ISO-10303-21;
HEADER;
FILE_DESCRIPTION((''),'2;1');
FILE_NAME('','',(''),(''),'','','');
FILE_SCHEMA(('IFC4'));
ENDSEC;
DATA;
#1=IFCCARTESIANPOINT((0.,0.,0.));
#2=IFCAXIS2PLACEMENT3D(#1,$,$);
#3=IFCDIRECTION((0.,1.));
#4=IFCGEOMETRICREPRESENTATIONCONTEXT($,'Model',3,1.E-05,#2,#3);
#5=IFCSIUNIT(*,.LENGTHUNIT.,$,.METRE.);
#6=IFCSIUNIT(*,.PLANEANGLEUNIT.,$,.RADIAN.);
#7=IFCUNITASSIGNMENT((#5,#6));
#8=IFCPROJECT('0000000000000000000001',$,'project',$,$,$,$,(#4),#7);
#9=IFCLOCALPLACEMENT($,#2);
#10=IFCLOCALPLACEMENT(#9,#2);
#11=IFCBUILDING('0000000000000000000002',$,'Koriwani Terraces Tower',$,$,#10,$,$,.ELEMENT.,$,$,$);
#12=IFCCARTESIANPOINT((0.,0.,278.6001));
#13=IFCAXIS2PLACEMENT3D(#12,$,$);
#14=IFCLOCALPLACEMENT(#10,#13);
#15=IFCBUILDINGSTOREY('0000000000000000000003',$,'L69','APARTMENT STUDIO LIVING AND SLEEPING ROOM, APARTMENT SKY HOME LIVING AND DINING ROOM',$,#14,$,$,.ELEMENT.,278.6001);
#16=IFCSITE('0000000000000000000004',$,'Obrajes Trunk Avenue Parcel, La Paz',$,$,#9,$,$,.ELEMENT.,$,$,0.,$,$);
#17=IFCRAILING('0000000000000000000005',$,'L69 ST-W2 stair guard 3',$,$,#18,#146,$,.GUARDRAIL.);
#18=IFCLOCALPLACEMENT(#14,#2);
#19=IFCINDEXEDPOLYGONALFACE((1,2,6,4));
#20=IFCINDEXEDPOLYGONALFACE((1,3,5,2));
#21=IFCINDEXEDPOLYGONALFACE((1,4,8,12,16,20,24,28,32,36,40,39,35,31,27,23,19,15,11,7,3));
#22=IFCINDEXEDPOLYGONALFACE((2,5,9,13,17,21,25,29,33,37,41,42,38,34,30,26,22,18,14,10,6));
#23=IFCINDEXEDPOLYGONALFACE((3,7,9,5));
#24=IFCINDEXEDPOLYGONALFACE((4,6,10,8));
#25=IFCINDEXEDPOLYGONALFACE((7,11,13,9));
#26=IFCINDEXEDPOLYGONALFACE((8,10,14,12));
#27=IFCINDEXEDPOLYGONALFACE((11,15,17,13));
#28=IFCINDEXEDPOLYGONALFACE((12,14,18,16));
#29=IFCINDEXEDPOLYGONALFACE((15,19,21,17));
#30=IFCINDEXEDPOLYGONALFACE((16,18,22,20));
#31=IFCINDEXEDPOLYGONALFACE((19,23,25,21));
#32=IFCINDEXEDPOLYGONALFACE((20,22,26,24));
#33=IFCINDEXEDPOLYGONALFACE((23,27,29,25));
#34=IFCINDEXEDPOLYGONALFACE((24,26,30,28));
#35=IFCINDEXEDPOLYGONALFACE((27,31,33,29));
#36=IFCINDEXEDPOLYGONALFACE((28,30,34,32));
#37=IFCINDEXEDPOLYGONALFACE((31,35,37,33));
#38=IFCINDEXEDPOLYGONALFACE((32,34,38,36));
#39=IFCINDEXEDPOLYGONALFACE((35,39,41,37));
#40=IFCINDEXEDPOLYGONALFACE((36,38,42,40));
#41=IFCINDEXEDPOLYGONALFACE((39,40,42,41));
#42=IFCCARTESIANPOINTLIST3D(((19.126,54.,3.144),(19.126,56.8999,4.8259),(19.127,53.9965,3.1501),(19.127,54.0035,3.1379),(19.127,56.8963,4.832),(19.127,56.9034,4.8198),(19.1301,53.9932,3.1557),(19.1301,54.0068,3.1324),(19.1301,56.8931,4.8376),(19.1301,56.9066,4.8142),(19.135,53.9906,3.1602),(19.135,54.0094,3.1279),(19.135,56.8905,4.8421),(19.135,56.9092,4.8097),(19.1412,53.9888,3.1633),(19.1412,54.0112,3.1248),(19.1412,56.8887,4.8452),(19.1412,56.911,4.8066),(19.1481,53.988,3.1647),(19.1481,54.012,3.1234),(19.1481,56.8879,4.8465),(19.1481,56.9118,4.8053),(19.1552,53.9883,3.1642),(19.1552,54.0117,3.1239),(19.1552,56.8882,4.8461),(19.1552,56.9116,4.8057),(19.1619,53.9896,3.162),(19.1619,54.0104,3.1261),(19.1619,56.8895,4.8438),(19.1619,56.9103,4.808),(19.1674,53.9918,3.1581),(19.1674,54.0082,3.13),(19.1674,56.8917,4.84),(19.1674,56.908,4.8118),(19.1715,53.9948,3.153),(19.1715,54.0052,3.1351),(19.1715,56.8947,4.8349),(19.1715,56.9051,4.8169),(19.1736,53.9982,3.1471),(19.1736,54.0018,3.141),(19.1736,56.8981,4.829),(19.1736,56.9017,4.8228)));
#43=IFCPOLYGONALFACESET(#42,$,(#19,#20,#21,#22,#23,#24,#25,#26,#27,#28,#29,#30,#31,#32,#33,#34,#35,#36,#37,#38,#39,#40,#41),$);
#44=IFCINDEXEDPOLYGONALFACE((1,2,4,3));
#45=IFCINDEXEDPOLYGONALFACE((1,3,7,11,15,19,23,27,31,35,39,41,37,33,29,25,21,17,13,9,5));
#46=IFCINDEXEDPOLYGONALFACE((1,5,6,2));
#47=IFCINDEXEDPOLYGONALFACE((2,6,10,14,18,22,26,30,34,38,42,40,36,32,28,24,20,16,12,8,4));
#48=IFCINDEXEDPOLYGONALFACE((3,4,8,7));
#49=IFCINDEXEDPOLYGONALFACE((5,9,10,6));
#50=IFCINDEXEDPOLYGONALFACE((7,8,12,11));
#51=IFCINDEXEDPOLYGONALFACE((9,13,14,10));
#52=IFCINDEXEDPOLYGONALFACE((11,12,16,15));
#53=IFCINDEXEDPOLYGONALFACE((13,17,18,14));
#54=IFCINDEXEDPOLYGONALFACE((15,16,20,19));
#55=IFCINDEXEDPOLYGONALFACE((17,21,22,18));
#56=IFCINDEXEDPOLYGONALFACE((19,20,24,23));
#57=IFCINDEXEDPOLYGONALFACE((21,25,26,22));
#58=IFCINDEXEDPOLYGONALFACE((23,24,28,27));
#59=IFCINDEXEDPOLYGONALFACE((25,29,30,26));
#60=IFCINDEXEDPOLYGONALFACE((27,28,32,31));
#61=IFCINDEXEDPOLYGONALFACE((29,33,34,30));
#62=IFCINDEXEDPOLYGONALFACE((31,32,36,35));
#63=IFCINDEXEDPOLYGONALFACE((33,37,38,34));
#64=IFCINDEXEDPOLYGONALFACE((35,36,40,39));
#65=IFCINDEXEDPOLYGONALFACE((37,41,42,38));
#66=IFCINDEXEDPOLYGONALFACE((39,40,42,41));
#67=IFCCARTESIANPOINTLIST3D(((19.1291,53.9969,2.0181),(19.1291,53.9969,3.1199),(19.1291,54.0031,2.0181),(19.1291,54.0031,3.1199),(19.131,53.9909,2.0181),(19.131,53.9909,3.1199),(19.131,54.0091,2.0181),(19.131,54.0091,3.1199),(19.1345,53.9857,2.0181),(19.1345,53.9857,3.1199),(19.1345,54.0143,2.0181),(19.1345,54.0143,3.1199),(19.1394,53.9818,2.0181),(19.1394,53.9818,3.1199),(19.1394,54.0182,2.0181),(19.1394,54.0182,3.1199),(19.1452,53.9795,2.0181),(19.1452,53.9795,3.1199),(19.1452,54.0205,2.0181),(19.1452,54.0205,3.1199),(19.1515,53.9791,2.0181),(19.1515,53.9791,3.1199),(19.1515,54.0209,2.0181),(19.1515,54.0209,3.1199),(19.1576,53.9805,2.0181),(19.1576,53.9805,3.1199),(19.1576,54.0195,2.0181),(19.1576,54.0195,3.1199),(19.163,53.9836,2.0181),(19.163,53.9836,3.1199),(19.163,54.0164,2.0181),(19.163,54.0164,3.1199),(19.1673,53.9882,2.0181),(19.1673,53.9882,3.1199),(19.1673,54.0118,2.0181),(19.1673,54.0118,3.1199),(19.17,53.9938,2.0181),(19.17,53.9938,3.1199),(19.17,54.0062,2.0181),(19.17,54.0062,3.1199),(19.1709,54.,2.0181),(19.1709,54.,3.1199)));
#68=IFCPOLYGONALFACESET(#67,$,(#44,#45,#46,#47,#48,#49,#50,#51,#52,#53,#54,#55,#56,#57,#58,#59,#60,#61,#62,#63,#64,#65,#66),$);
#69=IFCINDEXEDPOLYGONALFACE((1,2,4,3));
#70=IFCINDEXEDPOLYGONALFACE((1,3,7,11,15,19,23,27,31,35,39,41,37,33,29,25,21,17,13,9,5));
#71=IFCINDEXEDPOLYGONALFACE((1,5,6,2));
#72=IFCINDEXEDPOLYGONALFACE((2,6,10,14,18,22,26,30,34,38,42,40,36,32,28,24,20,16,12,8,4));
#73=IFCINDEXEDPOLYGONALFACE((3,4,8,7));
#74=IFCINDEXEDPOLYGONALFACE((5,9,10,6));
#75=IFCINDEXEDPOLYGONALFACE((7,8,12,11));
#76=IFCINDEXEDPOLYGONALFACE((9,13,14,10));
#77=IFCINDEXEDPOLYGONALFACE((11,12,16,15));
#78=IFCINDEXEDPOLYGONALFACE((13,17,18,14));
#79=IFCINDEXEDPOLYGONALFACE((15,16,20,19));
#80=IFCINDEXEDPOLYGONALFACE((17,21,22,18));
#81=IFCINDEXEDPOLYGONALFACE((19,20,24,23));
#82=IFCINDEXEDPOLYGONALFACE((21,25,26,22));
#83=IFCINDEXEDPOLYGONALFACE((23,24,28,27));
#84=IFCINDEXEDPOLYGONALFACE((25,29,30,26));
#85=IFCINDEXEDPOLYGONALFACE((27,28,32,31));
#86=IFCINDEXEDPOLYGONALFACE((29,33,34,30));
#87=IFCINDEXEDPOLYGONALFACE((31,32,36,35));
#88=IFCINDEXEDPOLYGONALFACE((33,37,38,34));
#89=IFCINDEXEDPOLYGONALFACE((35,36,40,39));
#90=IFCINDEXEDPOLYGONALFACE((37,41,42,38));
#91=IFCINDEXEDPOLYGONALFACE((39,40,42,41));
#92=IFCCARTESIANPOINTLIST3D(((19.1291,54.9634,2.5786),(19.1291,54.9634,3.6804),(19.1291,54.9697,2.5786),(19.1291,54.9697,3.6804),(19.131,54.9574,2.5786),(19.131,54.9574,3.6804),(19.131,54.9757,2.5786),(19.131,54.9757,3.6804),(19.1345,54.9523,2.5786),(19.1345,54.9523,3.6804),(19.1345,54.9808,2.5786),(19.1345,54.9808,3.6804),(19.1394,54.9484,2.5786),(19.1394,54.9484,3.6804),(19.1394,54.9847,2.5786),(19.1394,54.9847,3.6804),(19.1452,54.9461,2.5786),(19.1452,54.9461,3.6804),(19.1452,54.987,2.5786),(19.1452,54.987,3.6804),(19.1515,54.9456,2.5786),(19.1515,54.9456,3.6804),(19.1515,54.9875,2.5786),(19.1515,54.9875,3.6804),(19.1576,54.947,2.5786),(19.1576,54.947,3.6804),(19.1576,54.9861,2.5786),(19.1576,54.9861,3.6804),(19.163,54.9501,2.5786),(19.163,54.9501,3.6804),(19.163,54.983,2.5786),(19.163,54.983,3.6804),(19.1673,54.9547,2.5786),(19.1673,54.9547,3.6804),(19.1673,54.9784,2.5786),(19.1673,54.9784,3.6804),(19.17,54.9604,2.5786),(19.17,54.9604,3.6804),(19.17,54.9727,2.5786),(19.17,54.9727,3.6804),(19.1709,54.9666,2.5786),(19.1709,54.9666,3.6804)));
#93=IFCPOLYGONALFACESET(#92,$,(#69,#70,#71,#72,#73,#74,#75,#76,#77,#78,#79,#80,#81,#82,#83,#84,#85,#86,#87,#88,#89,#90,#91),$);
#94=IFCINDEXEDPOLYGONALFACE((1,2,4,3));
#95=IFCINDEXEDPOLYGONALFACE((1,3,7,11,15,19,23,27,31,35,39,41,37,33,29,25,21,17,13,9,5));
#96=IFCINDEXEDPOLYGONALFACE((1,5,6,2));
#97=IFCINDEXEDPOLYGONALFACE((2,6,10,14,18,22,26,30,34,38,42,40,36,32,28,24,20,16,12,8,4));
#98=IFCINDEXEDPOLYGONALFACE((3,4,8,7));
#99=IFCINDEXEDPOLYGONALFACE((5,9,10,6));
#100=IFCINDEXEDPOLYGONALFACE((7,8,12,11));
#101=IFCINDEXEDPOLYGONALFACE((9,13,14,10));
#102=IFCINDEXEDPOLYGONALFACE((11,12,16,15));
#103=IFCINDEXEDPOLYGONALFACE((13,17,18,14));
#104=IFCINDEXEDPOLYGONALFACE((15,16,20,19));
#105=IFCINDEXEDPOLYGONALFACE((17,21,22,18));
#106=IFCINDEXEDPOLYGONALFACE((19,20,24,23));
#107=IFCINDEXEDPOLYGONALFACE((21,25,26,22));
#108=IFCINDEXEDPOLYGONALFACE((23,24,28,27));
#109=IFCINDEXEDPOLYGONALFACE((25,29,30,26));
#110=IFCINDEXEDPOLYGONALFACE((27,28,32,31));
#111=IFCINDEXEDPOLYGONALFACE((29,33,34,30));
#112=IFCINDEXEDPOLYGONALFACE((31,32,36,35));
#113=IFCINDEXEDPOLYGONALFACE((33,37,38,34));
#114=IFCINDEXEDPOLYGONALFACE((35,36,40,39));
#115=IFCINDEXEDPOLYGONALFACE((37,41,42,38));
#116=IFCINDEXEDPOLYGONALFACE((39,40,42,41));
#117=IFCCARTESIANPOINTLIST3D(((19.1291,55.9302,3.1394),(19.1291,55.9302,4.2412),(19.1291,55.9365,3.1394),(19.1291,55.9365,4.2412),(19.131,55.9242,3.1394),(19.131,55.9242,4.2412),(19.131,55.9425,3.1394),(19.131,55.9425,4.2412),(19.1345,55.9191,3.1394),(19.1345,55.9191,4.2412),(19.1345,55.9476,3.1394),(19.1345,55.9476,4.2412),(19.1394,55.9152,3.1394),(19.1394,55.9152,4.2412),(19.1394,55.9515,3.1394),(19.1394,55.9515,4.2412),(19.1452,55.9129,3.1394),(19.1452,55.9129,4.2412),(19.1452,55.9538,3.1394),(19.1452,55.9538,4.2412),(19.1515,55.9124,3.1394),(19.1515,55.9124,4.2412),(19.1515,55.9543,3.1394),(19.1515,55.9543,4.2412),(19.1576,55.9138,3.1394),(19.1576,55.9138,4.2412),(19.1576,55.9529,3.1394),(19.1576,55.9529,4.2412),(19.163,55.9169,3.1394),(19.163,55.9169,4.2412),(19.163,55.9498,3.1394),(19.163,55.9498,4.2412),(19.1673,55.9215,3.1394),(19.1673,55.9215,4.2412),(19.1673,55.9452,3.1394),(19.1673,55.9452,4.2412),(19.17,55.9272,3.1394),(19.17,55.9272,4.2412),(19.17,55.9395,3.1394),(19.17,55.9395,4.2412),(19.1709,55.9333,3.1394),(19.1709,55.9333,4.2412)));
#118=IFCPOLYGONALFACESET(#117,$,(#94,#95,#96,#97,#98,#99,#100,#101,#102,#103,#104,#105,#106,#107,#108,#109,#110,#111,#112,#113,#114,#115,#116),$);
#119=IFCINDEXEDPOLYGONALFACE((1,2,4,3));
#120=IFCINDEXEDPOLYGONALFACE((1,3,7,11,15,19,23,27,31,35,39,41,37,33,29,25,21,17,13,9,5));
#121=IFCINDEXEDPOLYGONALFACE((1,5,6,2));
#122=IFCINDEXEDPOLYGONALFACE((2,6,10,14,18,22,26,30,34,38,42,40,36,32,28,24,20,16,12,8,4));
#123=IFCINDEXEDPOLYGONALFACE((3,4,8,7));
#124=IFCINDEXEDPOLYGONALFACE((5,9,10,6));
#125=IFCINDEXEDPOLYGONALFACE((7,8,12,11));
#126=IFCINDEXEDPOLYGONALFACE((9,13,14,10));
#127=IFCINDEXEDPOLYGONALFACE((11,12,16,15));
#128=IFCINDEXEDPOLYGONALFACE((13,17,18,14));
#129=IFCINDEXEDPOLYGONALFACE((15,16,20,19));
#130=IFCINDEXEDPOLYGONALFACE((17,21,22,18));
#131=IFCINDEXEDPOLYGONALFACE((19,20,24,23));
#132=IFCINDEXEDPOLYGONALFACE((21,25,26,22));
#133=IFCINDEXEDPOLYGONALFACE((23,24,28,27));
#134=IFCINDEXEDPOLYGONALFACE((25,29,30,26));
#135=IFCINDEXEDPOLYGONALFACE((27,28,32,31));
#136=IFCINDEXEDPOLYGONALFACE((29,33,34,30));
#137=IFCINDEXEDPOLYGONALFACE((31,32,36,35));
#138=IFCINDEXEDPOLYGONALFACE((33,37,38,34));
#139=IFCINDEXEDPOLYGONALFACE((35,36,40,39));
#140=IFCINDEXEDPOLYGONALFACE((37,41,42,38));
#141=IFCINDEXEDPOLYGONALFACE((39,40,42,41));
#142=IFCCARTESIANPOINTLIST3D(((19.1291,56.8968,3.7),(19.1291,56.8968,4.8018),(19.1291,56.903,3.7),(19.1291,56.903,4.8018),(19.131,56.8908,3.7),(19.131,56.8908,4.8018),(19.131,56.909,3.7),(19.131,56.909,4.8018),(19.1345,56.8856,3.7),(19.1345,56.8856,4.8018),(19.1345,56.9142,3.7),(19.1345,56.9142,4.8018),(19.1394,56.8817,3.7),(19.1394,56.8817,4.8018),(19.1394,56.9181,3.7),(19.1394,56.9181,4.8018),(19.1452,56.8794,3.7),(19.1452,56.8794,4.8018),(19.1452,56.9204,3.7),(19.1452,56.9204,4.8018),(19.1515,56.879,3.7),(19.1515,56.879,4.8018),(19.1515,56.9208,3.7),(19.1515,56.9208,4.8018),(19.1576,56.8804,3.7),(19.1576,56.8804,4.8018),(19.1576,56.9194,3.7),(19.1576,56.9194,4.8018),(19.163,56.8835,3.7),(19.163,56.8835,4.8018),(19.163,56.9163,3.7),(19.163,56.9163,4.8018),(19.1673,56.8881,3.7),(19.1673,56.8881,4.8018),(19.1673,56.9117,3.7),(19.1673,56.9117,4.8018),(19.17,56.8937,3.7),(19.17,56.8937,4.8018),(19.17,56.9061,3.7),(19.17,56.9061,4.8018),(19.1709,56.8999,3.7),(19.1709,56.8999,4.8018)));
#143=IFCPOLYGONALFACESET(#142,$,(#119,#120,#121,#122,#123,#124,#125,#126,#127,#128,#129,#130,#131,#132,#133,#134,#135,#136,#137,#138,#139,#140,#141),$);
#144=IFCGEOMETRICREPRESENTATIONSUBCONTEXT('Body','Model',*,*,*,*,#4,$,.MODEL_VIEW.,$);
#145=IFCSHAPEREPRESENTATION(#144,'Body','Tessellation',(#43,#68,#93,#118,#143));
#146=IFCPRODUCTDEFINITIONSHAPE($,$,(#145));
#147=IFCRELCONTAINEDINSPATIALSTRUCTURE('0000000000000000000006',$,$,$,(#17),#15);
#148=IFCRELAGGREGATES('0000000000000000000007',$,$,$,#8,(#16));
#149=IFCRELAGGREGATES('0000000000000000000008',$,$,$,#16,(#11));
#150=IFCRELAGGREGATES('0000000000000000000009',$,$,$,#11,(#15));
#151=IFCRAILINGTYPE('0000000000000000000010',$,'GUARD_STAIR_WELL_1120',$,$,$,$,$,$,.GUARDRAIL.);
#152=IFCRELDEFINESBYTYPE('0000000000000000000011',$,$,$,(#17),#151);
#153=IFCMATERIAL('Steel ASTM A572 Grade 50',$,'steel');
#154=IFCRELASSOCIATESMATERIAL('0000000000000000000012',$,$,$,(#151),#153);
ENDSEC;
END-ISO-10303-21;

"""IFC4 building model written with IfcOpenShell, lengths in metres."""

from ifc_helpers import new_model, si_unit, direction, frame, origin, origin_2d, place, context, subcontext, project, spatial, circle, extrude, material, type_object, element, save


model = new_model("IFC4")

# Units and contexts
model_context = context("Model", 3, precision=1e-05, world=origin(), true_north=direction((0.0, 1.0)))
body_context = subcontext(model_context, "Body", "Model", "MODEL_VIEW")
ifc_project = project(units=[si_unit("LENGTHUNIT", "METRE"), si_unit("PLANEANGLEUNIT", "RADIAN")], contexts=[model_context])

# Site, building, storey
site_placement = place(None, origin())
site = spatial("IfcSite", under=ifc_project, at=site_placement, Name="Obrajes Trunk Avenue Parcel, La Paz", CompositionType="ELEMENT", RefElevation=0.0)
building_placement = place(site_placement, origin())
building = spatial("IfcBuilding", under=site, at=building_placement, Name="Koriwani Terraces Tower", CompositionType="ELEMENT")
storey_placement = place(building_placement, frame((0.0, 0.0, 278.6001)))
storey = spatial("IfcBuildingStorey", under=building, at=storey_placement, Name="L69", Description="APARTMENT STUDIO LIVING AND SLEEPING ROOM, APARTMENT SKY HOME LIVING AND DINING ROOM", CompositionType="ELEMENT", Elevation=278.6001)

# Shared definitions
ifc_material_1 = material(Name="Steel ASTM A572 Grade 50", Category="steel")

# Railing
railing_type_1 = type_object("IfcRailingType", Name="GUARD_STAIR_WELL_1120", PredefinedType="GUARDRAIL", material=ifc_material_1)
railing_1_placement = place(storey_placement, frame((19.1499, 54.0, 2.0181)))
element("IfcRailing", 1, at=railing_1_placement, inside=storey, type_object=railing_type_1, Name="L69 ST-W2 stair guard 3", PredefinedType="GUARDRAIL", context=body_context, shape_type="SweptSolid", body=[
    extrude(circle(Radius=0.0239, at=origin_2d()), frame((0.0, 0.0, 1.126), z_axis=(0.0, 0.865039, 0.501705), x_axis=(-1.0, 0.0, 0.0)), (0.0, 0.0, 1.0), 3.3523),
    extrude(circle(Radius=0.021, at=origin_2d()), origin(), (0.0, 0.0, 1.0), 1.1018),
    extrude(circle(Radius=0.021, at=origin_2d()), frame((0.0, 0.9666, 0.5605)), (0.0, 0.0, 1.0), 1.1018),
    extrude(circle(Radius=0.021, at=origin_2d()), frame((0.0, 1.9333, 1.1213)), (0.0, 0.0, 1.0), 1.1018),
    extrude(circle(Radius=0.021, at=origin_2d()), frame((0.0, 2.8999, 1.6819)), (0.0, 0.0, 1.0), 1.1018),
])

save(model, "model.ifc")
